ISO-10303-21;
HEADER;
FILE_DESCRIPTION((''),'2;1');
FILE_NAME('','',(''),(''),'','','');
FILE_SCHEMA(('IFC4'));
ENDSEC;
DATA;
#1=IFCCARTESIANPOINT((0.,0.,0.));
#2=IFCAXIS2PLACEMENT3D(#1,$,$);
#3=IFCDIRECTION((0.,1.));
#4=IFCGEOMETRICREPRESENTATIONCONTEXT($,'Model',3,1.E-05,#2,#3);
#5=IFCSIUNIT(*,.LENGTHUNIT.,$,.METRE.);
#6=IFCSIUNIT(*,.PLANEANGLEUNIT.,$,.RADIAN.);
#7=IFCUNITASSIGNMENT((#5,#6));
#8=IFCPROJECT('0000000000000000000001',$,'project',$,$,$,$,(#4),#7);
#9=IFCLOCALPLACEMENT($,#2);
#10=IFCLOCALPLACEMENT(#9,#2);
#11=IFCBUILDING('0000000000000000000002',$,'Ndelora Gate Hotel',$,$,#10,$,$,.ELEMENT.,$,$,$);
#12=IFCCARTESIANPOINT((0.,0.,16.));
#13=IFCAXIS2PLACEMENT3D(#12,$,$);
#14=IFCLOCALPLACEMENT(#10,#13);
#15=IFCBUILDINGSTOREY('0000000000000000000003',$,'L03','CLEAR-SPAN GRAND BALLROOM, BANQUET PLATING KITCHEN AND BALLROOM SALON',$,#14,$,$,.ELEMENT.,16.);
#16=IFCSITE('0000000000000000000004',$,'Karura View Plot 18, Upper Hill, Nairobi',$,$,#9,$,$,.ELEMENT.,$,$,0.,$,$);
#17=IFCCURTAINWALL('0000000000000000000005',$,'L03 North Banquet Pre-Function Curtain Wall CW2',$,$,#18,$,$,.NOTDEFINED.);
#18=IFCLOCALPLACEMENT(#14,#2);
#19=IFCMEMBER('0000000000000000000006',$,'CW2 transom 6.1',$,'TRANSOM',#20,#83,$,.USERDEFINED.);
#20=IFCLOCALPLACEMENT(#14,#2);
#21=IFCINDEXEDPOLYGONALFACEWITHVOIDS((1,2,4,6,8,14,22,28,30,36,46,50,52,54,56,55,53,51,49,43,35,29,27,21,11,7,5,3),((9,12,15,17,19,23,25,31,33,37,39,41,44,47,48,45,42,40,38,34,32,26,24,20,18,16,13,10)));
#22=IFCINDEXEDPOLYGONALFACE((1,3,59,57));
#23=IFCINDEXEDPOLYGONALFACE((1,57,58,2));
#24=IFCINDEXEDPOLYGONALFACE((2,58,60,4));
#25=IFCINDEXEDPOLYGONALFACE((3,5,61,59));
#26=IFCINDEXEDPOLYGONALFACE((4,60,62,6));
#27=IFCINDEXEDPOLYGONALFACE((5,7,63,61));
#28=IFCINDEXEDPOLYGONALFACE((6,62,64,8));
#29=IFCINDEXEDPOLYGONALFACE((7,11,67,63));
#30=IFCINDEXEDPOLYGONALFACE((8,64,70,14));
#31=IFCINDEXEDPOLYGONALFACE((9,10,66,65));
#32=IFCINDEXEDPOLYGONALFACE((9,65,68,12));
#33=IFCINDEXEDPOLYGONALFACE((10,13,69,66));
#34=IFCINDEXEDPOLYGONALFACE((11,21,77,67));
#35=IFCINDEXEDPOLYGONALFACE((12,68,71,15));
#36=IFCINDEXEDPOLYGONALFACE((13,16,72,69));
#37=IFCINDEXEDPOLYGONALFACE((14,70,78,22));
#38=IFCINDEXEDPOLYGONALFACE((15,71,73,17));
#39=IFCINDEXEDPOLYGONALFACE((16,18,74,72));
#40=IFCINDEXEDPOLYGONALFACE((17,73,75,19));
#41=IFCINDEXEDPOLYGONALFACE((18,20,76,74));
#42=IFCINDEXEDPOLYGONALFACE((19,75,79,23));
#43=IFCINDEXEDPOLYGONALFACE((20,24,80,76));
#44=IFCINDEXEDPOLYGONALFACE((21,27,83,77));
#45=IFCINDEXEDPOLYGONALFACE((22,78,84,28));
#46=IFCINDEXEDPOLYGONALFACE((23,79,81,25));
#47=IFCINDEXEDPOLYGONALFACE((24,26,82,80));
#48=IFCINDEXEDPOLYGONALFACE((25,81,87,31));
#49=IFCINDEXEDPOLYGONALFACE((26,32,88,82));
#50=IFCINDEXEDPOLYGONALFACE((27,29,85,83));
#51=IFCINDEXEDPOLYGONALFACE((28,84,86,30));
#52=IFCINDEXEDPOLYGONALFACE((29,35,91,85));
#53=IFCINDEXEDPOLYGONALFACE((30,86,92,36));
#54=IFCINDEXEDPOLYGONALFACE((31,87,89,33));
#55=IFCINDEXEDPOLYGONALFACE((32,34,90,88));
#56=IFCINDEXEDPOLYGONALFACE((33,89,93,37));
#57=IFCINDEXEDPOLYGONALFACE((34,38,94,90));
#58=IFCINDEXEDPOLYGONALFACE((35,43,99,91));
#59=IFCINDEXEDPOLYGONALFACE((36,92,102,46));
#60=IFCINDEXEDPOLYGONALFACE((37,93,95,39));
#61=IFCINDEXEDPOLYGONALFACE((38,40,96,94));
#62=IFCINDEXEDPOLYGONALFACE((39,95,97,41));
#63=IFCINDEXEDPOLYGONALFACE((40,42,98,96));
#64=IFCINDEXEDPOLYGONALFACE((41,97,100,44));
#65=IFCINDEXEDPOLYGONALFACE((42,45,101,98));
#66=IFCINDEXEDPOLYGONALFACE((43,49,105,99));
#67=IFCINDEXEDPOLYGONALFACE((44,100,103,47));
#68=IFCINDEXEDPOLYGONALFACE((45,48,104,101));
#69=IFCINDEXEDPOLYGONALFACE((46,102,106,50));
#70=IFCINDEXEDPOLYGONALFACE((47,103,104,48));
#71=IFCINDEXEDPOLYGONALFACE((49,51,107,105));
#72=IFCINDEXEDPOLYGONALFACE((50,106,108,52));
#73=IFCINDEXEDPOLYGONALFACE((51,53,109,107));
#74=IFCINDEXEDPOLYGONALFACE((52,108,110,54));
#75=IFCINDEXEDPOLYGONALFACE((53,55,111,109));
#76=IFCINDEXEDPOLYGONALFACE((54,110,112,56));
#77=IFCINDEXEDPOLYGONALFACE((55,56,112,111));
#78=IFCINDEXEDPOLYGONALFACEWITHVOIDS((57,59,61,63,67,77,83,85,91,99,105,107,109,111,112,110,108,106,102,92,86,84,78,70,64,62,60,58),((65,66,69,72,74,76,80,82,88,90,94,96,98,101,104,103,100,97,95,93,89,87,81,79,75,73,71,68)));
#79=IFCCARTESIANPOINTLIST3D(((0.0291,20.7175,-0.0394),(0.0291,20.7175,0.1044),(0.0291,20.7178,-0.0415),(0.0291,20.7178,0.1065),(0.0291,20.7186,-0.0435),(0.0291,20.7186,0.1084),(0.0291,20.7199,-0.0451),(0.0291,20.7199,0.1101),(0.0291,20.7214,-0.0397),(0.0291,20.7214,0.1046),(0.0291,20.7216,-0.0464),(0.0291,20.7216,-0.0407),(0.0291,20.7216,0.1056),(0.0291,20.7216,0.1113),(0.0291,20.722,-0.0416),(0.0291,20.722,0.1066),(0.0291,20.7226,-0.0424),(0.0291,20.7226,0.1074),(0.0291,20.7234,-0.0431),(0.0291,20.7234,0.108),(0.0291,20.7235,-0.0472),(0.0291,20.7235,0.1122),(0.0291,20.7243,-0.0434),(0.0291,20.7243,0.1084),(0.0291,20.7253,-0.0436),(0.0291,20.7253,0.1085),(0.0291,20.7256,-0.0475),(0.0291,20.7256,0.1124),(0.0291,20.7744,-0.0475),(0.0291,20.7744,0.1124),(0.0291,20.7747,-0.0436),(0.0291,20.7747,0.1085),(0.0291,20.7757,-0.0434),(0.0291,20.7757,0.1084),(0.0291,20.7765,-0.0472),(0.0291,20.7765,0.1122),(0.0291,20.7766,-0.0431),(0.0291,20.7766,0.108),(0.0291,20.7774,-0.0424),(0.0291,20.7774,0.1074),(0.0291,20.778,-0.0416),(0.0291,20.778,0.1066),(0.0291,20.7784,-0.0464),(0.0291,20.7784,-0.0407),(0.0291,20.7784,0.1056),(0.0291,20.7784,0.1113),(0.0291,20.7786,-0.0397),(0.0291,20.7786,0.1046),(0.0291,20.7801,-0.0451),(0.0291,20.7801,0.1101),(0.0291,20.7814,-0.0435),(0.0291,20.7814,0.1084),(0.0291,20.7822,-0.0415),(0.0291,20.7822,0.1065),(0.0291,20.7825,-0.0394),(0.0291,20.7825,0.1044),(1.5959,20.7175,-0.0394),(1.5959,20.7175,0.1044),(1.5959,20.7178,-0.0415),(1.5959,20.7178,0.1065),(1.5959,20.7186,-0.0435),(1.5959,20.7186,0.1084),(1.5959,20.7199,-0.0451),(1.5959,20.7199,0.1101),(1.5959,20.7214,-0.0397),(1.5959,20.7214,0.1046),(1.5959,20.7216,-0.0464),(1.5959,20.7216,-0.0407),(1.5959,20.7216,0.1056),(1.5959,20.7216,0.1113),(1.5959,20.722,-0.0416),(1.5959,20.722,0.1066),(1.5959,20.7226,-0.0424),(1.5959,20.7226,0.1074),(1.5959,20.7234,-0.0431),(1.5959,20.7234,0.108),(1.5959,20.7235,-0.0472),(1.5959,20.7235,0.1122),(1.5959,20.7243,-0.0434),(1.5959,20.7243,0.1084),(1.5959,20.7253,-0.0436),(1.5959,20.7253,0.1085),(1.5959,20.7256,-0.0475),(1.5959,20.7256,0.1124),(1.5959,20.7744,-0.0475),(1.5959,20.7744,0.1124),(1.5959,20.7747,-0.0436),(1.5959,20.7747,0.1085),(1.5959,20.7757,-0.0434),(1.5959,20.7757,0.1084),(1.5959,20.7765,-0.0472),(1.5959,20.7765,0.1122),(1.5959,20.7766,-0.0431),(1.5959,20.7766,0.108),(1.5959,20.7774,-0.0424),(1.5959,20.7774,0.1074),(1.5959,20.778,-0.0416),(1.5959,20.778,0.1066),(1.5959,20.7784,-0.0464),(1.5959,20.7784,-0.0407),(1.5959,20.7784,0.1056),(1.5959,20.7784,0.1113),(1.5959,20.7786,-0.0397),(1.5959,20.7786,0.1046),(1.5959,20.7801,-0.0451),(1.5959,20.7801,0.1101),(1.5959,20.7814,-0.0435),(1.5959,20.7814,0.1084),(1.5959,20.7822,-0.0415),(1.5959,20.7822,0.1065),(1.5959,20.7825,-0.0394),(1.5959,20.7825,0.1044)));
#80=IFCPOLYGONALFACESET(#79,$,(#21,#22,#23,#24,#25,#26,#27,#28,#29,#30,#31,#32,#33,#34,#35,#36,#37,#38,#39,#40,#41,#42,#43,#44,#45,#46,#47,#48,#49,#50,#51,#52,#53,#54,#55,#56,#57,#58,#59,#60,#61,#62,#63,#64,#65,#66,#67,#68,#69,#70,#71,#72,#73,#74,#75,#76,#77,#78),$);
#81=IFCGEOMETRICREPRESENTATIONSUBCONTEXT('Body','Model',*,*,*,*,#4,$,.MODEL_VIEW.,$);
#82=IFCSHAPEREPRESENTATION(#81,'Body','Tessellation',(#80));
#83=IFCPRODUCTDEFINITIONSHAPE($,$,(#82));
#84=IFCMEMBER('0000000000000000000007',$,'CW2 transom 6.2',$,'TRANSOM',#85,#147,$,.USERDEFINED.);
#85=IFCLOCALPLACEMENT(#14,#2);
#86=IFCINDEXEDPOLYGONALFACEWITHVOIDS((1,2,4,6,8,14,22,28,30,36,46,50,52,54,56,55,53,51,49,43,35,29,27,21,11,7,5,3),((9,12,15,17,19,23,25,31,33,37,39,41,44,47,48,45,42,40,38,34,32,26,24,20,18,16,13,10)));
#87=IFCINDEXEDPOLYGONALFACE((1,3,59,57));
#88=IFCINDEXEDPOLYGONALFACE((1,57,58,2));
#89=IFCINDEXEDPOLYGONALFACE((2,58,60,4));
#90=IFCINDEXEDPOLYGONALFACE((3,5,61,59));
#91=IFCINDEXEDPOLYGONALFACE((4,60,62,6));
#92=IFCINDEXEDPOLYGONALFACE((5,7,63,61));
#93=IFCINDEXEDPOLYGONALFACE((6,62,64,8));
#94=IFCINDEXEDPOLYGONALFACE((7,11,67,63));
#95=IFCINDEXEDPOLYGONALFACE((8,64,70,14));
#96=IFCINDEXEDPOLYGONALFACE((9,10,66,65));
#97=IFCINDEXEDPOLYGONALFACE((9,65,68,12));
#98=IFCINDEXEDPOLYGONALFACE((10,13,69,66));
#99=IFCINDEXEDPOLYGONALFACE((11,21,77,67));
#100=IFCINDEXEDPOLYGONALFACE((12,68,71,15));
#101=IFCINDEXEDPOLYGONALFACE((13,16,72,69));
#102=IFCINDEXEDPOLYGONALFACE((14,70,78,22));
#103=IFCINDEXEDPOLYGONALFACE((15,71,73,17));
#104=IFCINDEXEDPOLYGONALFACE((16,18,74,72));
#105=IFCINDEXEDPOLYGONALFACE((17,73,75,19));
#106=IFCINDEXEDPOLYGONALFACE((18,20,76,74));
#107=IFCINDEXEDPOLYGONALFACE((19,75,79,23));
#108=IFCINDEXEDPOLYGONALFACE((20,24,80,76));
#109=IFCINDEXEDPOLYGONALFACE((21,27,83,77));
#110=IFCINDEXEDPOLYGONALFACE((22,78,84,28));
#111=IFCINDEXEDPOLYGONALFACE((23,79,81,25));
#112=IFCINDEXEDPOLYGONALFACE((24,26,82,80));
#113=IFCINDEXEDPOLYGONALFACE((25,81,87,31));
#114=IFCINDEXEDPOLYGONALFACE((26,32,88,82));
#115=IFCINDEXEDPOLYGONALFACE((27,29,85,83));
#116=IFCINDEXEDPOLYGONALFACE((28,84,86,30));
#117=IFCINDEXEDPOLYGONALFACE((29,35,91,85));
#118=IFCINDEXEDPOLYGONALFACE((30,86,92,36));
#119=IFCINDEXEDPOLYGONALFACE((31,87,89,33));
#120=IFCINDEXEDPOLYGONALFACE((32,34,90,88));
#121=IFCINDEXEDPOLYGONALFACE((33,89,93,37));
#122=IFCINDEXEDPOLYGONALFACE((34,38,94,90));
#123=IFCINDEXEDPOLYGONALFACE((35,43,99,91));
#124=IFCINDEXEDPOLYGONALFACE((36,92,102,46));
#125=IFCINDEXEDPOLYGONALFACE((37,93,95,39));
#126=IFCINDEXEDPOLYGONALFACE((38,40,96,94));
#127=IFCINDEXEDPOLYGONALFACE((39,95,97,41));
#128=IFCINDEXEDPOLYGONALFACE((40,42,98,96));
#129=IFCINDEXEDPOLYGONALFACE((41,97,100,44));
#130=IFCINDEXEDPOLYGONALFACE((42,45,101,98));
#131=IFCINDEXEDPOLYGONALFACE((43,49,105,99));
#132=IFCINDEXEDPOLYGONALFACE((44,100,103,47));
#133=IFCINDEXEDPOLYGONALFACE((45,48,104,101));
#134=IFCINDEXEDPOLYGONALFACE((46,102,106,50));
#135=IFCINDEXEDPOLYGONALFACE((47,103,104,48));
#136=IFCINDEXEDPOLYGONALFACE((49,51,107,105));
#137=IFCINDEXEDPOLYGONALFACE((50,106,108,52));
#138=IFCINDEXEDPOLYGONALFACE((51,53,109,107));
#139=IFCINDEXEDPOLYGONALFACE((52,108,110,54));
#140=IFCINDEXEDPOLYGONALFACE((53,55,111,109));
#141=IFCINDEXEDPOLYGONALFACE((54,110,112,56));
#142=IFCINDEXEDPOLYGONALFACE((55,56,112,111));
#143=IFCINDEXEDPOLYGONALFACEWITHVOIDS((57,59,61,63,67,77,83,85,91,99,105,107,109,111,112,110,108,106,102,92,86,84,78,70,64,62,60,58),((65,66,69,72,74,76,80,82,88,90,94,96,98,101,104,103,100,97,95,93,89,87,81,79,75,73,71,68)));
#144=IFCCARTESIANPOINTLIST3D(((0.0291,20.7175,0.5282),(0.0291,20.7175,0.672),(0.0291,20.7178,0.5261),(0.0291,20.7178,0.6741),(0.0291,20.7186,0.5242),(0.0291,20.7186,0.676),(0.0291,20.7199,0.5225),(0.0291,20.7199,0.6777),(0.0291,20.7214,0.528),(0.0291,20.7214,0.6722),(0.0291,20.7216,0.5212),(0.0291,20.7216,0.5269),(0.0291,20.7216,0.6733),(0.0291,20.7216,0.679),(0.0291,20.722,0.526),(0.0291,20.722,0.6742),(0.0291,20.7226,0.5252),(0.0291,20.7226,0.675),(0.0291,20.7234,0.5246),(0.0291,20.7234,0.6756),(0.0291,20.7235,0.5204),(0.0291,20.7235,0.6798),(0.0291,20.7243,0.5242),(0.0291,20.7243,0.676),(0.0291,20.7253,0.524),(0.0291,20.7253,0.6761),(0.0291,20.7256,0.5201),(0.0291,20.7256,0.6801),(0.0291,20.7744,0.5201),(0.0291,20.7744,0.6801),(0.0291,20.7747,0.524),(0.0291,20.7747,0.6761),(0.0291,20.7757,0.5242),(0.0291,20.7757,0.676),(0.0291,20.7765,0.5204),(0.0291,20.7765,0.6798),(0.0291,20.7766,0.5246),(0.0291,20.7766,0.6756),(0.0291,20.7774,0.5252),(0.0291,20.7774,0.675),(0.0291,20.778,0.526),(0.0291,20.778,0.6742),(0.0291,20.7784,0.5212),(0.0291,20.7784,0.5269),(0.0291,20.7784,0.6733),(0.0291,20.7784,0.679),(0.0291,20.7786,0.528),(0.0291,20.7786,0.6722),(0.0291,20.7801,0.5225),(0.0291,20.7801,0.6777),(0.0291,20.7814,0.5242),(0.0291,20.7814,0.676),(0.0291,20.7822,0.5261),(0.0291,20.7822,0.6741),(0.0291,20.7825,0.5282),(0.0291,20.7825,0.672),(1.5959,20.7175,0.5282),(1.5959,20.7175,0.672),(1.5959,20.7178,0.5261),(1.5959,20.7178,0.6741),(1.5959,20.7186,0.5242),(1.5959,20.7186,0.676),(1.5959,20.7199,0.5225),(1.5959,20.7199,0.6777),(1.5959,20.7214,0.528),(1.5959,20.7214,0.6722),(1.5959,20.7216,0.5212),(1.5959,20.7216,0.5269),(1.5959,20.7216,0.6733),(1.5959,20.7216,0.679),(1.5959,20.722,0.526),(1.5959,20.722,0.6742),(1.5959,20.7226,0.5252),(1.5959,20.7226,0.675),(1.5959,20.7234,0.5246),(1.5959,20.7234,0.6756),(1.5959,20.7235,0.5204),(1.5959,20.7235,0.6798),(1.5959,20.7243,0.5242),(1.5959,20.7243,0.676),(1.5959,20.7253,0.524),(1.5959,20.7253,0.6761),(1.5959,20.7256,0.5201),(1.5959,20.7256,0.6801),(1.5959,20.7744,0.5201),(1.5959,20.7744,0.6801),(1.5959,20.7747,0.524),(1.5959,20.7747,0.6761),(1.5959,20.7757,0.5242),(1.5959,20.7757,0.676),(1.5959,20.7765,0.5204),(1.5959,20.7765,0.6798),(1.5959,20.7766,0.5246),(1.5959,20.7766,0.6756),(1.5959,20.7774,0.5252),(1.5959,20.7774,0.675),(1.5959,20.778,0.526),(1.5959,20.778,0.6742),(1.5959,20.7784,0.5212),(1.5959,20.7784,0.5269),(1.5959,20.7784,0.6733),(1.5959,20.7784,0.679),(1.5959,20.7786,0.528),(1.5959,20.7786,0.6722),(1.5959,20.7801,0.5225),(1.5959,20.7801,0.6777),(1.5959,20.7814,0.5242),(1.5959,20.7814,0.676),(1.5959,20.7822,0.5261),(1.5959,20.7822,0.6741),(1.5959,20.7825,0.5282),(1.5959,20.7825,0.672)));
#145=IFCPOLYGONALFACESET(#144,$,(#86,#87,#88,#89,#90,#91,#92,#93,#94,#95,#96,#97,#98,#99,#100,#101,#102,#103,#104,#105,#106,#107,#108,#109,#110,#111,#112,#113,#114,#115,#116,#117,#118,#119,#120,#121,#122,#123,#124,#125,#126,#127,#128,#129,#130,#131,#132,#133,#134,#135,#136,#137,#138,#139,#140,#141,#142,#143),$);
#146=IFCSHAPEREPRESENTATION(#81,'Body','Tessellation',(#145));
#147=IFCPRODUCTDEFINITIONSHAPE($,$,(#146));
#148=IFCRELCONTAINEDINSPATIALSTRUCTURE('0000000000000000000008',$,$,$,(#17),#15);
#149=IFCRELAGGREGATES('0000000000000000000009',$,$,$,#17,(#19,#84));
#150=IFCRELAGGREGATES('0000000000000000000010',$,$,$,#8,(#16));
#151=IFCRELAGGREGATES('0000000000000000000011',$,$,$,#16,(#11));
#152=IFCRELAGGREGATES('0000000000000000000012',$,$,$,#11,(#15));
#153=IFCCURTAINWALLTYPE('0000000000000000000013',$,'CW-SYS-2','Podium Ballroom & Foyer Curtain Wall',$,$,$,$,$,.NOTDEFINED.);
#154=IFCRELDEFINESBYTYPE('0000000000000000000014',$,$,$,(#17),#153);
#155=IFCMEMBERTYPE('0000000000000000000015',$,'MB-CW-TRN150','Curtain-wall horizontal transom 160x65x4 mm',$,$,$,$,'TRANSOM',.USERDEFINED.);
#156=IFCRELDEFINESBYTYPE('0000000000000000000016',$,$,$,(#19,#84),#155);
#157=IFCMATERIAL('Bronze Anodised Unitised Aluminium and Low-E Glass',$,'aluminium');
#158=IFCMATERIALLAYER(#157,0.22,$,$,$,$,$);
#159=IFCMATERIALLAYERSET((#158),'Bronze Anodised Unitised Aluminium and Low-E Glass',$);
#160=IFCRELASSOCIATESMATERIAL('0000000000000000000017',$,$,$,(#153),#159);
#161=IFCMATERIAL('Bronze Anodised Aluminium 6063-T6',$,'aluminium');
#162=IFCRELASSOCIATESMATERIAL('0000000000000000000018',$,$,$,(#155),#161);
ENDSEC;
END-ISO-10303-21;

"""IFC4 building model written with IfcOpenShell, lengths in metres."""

from ifc_helpers import new_model, si_unit, direction, frame, origin, origin_2d, place, context, subcontext, project, spatial, hollow_rectangle, extrude, material, layer, layer_set, material_profile, profile_set, type_object, element, aggregate, save


model = new_model("IFC4")

# Units and contexts
model_context = context("Model", 3, precision=1e-05, world=origin(), true_north=direction((0.0, 1.0)))
body_context = subcontext(model_context, "Body", "Model", "MODEL_VIEW")
ifc_project = project(units=[si_unit("LENGTHUNIT", "METRE"), si_unit("PLANEANGLEUNIT", "RADIAN")], contexts=[model_context])

# Site, building, storey
site_placement = place(None, origin())
site = spatial("IfcSite", under=ifc_project, at=site_placement, Name="Karura View Plot 18, Upper Hill, Nairobi", CompositionType="ELEMENT", RefElevation=0.0)
building_placement = place(site_placement, origin())
building = spatial("IfcBuilding", under=site, at=building_placement, Name="Ndelora Gate Hotel", CompositionType="ELEMENT")
storey_placement = place(building_placement, frame((0.0, 0.0, 16.0)))
storey = spatial("IfcBuildingStorey", under=building, at=storey_placement, Name="L03", Description="CLEAR-SPAN GRAND BALLROOM, BANQUET PLATING KITCHEN AND BALLROOM SALON", CompositionType="ELEMENT", Elevation=16.0)

# Curtain wall, members
ifc_material_1 = material(Name="Bronze Anodised Unitised Aluminium and Low-E Glass", Category="aluminium")
ifc_layer_1 = layer(ifc_material_1, 0.22)
ifc_layer_set_1 = layer_set([ifc_layer_1], Name="Bronze Anodised Unitised Aluminium and Low-E Glass")
curtain_wall_type = type_object("IfcCurtainWallType", Name="CW-SYS-2", Description="Podium Ballroom & Foyer Curtain Wall", PredefinedType="NOTDEFINED", material=ifc_layer_set_1)
curtain_wall_placement = place(storey_placement, origin())
curtain_wall = element("IfcCurtainWall", 1, at=curtain_wall_placement, inside=storey, type_object=curtain_wall_type, Name="L03 North Banquet Pre-Function Curtain Wall CW2", PredefinedType="NOTDEFINED")
ifc_material_2 = material(Name="Bronze Anodised Aluminium 6063-T6", Category="aluminium")
ifc_material_profile_1 = material_profile(ifc_material_2, hollow_rectangle(XDim=0.0649, YDim=0.1599, WallThickness=0.0039, InnerFilletRadius=0.0039, OuterFilletRadius=0.0081, at=origin_2d()), Name="ALU 160x65x4")
ifc_profile_set_1 = profile_set([ifc_material_profile_1], Name="Bronze Anodised Aluminium 6063-T6")
member_type_1 = type_object("IfcMemberType", Name="MB-CW-TRN150", Description="Curtain-wall horizontal transom 160x65x4 mm", ElementType="TRANSOM", PredefinedType="USERDEFINED", material=ifc_profile_set_1)
member_1_placement = place(storey_placement, frame((1.5959, 20.75, 0.0325), z_axis=(-1.0, 0.0, 0.0), x_axis=(0.0, -1.0, 0.0)))
member_1 = element("IfcMember", 2, at=member_1_placement, type_object=member_type_1, Name="CW2 transom 6.1", ObjectType="TRANSOM", PredefinedType="USERDEFINED", context=body_context, shape_type="SweptSolid", body=[
    extrude(hollow_rectangle(XDim=0.0649, YDim=0.1599, WallThickness=0.0039, InnerFilletRadius=0.0039, OuterFilletRadius=0.0081, at=origin_2d()), origin(), (0.0, 0.0, 1.0), 1.5669),
])
member_2_placement = place(storey_placement, frame((1.5959, 20.75, 0.6001), z_axis=(-1.0, 0.0, 0.0), x_axis=(0.0, -1.0, 0.0)))
member_2 = element("IfcMember", 3, at=member_2_placement, type_object=member_type_1, Name="CW2 transom 6.2", ObjectType="TRANSOM", PredefinedType="USERDEFINED", context=body_context, shape_type="SweptSolid", body=[
    extrude(hollow_rectangle(XDim=0.0649, YDim=0.1599, WallThickness=0.0039, InnerFilletRadius=0.0039, OuterFilletRadius=0.0081, at=origin_2d()), origin(), (0.0, 0.0, 1.0), 1.5669),
])
aggregate(curtain_wall, [member_1, member_2])

save(model, "model.ifc")
